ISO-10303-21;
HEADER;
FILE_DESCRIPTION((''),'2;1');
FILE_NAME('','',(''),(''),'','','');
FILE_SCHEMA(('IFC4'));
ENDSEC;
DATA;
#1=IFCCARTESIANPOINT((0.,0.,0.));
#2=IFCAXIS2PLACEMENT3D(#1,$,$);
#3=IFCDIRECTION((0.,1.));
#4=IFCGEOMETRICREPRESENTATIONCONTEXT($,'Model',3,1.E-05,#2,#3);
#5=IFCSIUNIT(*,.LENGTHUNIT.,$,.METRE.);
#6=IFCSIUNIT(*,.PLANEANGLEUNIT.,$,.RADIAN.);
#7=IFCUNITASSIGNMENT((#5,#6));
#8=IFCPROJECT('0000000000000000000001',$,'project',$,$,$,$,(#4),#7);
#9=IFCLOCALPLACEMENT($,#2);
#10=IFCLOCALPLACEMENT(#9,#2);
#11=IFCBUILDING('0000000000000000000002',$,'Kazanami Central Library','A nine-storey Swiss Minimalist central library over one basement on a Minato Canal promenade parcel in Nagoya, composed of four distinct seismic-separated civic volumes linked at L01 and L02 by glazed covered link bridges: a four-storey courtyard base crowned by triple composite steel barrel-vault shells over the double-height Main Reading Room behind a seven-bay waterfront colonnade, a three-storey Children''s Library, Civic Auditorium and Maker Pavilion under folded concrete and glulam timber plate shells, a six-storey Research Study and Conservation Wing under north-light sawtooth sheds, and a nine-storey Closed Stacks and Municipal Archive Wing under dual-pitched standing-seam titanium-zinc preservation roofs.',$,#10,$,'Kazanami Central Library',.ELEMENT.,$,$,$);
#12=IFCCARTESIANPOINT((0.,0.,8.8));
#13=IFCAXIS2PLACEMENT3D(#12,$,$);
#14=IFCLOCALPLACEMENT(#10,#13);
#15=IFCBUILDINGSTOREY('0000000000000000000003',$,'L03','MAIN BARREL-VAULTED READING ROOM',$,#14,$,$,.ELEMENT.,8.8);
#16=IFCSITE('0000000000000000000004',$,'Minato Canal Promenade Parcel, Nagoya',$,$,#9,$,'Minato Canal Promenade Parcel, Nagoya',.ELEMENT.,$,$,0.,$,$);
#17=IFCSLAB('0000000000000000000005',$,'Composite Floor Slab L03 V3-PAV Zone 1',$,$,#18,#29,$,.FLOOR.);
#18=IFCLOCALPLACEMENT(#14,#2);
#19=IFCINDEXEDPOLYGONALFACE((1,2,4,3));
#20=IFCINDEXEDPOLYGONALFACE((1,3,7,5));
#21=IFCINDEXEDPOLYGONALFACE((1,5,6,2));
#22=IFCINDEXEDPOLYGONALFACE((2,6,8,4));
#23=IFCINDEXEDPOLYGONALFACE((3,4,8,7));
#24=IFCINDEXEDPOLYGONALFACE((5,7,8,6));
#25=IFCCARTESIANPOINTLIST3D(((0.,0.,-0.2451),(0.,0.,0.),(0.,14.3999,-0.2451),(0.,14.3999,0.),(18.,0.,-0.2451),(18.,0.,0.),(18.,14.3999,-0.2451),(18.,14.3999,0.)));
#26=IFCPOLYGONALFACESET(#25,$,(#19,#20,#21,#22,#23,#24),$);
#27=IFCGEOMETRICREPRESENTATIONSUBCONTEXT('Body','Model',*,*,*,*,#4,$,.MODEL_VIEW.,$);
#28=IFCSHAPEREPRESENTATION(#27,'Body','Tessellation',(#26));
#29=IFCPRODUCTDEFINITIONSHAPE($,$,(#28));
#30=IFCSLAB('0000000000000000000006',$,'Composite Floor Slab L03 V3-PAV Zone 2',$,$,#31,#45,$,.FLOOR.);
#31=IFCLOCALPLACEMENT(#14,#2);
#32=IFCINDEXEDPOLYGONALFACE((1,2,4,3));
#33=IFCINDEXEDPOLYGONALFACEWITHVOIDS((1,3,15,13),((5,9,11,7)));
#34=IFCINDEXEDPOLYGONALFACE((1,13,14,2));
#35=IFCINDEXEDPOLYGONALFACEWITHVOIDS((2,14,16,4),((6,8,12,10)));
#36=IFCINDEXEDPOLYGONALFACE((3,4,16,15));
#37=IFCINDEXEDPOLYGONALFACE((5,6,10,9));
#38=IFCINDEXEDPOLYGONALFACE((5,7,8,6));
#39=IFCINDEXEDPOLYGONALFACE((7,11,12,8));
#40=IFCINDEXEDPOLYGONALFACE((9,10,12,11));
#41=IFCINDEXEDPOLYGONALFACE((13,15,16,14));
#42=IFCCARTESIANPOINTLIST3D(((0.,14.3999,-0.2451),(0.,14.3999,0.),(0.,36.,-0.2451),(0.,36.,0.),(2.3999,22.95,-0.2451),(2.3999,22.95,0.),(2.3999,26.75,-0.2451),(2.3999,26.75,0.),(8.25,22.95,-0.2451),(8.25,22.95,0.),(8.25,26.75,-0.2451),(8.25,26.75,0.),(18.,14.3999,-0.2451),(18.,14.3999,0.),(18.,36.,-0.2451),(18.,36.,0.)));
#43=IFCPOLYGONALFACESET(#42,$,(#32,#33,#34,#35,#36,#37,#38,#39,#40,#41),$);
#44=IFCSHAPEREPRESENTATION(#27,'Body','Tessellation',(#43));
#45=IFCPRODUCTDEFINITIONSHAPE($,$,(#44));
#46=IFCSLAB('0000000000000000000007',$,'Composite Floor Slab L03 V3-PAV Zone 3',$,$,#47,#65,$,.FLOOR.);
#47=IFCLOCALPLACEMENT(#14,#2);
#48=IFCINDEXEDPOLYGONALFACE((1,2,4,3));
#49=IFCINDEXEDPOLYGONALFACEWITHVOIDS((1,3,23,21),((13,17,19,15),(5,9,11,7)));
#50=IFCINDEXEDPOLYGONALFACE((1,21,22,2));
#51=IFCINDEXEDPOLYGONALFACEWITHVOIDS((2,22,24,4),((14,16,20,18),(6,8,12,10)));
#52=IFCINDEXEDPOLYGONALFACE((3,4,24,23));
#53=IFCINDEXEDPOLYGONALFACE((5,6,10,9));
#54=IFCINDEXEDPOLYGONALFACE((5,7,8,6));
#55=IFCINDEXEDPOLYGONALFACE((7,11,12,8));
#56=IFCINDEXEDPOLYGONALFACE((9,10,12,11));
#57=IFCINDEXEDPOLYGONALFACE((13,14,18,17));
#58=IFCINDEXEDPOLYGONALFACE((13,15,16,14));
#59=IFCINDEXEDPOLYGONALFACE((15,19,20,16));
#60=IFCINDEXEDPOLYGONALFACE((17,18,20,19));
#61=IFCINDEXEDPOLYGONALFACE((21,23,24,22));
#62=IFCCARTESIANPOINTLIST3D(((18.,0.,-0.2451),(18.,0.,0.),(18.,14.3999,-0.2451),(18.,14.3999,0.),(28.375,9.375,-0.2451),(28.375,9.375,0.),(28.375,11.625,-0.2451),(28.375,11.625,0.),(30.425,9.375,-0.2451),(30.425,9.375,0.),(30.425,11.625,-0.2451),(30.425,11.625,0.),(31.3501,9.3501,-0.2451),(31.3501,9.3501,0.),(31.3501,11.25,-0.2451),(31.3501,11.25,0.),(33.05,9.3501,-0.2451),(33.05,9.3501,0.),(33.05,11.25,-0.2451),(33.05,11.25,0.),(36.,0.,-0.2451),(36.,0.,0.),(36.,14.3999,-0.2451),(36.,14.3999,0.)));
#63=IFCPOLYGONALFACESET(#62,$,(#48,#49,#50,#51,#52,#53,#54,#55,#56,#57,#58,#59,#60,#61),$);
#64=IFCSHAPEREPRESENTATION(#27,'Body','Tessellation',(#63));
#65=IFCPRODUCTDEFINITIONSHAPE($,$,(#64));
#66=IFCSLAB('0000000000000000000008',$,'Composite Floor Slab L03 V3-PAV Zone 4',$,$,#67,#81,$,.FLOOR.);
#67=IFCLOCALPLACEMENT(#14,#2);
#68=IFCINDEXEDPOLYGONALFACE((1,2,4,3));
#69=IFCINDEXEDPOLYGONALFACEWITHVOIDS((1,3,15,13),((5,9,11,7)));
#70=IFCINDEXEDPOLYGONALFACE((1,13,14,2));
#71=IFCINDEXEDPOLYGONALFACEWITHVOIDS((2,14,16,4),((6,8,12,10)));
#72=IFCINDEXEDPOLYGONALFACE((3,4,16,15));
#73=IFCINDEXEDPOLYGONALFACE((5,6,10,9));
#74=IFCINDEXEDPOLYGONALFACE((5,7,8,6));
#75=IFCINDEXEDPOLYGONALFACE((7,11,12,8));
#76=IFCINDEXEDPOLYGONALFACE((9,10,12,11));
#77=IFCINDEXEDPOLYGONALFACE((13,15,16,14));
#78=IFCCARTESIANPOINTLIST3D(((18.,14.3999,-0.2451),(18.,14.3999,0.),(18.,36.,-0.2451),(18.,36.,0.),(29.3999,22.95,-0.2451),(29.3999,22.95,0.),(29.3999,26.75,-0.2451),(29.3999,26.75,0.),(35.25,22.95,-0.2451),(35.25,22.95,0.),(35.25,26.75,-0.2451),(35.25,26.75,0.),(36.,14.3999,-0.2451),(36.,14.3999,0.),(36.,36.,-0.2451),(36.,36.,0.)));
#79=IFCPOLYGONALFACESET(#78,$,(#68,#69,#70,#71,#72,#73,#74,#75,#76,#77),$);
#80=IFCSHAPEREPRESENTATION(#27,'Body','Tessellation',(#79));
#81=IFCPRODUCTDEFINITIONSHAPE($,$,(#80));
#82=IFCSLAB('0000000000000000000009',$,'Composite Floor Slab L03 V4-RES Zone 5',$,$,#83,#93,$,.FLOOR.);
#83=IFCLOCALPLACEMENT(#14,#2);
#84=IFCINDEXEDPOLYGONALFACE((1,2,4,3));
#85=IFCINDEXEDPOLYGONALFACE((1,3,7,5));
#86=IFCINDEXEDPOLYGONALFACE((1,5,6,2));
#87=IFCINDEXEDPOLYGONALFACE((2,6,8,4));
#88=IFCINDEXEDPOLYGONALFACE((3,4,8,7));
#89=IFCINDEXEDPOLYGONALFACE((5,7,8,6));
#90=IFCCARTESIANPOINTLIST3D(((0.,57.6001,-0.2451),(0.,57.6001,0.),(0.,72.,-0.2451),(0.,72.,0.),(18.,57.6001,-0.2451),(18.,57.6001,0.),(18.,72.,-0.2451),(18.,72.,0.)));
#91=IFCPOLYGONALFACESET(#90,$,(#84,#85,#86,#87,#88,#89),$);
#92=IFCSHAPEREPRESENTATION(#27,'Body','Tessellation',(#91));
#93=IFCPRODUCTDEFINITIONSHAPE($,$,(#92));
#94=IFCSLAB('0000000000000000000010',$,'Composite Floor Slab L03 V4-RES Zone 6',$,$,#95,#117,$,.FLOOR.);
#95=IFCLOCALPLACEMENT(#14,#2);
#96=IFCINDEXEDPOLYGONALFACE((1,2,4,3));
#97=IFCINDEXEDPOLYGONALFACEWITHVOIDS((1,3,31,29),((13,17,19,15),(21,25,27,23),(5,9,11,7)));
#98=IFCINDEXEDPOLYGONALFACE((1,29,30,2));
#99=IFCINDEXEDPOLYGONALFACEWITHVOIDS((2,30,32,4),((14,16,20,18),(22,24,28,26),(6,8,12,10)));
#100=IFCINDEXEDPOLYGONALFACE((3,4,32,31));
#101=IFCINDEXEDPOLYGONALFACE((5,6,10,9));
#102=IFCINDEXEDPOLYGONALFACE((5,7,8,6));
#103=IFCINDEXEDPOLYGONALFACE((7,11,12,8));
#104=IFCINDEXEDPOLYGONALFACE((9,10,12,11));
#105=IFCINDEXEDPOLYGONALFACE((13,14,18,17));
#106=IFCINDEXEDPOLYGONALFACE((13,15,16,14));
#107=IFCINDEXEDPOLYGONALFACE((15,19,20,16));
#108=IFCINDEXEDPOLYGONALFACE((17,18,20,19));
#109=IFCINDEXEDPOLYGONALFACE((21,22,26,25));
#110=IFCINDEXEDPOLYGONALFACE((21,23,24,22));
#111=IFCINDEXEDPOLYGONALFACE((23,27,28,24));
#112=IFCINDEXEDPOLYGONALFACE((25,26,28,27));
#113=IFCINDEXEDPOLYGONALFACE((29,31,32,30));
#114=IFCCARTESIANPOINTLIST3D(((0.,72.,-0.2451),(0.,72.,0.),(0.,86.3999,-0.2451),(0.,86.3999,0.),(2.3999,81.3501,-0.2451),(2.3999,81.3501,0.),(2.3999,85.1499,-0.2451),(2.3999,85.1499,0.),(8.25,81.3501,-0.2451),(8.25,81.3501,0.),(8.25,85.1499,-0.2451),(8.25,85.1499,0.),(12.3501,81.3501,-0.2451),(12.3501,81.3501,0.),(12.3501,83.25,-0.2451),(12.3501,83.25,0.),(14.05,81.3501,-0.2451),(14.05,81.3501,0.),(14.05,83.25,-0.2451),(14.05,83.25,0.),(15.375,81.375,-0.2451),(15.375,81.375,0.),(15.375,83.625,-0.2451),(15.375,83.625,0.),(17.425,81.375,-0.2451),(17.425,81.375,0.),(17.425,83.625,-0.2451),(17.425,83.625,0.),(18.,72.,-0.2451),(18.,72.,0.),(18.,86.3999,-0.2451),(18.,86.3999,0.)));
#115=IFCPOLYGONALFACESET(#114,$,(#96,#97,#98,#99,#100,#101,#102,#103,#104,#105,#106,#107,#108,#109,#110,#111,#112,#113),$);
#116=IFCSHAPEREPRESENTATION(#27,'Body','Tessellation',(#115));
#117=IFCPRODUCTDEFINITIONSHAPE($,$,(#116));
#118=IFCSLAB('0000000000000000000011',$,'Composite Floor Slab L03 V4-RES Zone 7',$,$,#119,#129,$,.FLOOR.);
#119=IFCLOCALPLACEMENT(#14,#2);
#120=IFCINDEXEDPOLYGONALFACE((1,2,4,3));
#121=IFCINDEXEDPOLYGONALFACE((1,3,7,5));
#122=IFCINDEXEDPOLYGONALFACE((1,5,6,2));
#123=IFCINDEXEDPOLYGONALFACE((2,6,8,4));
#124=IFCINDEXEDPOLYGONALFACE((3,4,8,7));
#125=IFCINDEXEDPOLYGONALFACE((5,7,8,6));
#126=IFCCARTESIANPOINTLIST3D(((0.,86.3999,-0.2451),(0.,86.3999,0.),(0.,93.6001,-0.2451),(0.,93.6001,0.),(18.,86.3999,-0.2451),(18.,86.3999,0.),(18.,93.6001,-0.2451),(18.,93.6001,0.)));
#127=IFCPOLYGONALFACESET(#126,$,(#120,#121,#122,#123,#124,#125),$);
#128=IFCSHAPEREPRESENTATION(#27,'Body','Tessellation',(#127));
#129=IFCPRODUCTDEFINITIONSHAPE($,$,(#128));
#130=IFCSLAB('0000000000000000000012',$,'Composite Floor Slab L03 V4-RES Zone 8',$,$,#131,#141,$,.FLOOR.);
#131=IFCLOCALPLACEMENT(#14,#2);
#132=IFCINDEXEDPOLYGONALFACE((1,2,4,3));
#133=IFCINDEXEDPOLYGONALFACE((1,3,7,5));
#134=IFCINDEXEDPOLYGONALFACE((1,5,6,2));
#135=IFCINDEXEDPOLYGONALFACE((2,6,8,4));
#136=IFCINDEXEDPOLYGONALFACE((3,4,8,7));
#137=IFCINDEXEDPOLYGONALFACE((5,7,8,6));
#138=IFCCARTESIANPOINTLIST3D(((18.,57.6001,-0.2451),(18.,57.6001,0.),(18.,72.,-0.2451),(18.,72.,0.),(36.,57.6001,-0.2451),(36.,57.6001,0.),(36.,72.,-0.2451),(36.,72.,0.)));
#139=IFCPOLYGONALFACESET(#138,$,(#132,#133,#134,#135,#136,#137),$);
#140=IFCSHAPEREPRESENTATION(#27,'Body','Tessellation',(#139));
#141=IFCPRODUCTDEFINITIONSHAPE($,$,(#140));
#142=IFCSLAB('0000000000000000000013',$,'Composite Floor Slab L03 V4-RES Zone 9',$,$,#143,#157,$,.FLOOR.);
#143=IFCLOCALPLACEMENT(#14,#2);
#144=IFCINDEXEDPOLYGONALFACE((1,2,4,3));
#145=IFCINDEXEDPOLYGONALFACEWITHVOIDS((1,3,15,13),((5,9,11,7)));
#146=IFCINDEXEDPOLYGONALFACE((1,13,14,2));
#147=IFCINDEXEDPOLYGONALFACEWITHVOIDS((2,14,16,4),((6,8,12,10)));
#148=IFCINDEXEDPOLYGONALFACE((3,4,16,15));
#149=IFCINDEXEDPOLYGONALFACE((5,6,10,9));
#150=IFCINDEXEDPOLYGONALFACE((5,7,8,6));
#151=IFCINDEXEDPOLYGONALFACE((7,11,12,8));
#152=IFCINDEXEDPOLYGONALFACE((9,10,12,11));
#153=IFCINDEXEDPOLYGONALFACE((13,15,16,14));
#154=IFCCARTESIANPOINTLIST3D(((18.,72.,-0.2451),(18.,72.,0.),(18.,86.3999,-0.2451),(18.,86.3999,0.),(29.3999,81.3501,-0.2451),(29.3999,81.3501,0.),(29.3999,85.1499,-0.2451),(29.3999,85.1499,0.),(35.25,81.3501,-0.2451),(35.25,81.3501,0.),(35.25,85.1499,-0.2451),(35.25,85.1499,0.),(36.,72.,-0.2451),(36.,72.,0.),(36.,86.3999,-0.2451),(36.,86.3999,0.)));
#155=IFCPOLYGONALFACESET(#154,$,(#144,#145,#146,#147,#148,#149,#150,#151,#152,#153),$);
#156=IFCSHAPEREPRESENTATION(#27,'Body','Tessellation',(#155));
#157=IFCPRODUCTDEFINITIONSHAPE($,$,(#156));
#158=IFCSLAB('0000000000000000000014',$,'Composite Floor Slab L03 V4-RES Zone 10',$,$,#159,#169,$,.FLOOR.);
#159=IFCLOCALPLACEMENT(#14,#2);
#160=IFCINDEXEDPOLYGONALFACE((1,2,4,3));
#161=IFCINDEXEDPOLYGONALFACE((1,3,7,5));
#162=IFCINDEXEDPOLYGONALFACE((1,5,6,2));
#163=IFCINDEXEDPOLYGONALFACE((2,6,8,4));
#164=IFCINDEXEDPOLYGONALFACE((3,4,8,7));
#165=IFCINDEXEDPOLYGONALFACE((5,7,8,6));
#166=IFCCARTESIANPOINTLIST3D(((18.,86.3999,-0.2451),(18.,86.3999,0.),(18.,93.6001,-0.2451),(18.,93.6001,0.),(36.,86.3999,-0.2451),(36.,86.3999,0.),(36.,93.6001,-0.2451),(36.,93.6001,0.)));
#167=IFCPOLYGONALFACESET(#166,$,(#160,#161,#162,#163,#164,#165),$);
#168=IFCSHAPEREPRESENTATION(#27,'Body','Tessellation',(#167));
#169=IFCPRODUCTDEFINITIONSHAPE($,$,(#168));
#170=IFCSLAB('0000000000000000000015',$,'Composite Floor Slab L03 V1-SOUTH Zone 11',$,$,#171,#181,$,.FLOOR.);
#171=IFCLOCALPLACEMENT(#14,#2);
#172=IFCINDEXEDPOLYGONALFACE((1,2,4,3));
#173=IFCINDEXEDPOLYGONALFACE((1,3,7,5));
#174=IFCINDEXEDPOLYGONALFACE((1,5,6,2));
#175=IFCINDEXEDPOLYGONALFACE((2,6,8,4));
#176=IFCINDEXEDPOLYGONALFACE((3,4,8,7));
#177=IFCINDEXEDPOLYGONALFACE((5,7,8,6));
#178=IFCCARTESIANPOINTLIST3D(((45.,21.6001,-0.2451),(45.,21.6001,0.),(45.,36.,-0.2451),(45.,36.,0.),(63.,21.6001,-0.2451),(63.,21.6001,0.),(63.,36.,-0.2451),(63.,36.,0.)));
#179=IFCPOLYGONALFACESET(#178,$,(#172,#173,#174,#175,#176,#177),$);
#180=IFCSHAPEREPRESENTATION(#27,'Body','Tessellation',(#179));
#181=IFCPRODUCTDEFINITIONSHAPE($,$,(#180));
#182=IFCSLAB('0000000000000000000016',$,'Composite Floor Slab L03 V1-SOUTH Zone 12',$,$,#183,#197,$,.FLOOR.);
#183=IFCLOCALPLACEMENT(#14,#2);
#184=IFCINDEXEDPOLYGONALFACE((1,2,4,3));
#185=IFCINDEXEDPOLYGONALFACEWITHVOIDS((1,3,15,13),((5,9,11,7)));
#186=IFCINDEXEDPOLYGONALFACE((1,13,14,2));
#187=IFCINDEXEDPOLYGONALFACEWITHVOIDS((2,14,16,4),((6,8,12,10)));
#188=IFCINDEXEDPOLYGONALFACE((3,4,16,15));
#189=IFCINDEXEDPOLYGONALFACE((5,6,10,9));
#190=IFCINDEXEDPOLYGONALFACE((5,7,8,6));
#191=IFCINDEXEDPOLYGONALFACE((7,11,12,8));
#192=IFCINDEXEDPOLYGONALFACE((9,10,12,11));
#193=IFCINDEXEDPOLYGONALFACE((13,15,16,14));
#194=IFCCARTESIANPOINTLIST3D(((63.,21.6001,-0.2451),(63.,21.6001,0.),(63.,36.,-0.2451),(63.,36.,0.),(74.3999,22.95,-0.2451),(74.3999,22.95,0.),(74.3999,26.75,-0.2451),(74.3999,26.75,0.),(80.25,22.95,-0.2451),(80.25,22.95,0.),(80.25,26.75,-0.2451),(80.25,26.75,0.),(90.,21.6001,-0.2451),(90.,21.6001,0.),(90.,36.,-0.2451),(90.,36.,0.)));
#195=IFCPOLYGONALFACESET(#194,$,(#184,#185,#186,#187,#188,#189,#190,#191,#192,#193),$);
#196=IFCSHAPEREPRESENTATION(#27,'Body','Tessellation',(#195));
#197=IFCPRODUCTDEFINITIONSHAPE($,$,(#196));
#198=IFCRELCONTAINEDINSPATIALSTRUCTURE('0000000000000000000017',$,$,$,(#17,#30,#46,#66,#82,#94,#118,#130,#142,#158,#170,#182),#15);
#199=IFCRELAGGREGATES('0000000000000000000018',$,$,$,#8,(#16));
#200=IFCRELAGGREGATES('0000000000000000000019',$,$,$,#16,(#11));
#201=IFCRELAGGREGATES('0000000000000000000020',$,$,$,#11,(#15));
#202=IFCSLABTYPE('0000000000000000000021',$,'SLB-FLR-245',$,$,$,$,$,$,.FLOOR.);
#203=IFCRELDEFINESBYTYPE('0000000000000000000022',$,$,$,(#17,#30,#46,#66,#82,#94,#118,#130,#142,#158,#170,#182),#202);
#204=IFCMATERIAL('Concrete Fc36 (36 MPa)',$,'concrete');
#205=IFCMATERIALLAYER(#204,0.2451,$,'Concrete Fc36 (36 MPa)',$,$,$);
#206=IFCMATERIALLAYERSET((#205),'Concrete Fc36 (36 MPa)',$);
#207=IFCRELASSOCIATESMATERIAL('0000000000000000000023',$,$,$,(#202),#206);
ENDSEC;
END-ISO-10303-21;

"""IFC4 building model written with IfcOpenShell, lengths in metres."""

from ifc_helpers import new_model, si_unit, direction, frame, origin, place, context, subcontext, project, spatial, polyline, outline, extrude, material, layer, layer_set, type_object, element, save


model = new_model("IFC4")

# Units and contexts
model_context = context("Model", 3, precision=1e-05, world=origin(), true_north=direction((0.0, 1.0)))
body_context = subcontext(model_context, "Body", "Model", "MODEL_VIEW")
ifc_project = project(units=[si_unit("LENGTHUNIT", "METRE"), si_unit("PLANEANGLEUNIT", "RADIAN")], contexts=[model_context])

# Site, building, storey
site_placement = place(None, origin())
site = spatial("IfcSite", under=ifc_project, at=site_placement, Name="Minato Canal Promenade Parcel, Nagoya", LongName="Minato Canal Promenade Parcel, Nagoya", CompositionType="ELEMENT", RefElevation=0.0)
building_placement = place(site_placement, origin())
building = spatial("IfcBuilding", under=site, at=building_placement, Name="Kazanami Central Library", Description="A nine-storey Swiss Minimalist central library over one basement on a Minato Canal promenade parcel in Nagoya, composed of four distinct seismic-separated civic volumes linked at L01 and L02 by glazed covered link bridges: a four-storey courtyard base crowned by triple composite steel barrel-vault shells over the double-height Main Reading Room behind a seven-bay waterfront colonnade, a three-storey Children's Library, Civic Auditorium and Maker Pavilion under folded concrete and glulam timber plate shells, a six-storey Research Study and Conservation Wing under north-light sawtooth sheds, and a nine-storey Closed Stacks and Municipal Archive Wing under dual-pitched standing-seam titanium-zinc preservation roofs.", LongName="Kazanami Central Library", CompositionType="ELEMENT")
storey_placement = place(building_placement, frame((0.0, 0.0, 8.8)))
storey = spatial("IfcBuildingStorey", under=building, at=storey_placement, Name="L03", Description="MAIN BARREL-VAULTED READING ROOM", CompositionType="ELEMENT", Elevation=8.8)

# Slabs
ifc_material = material(Name="Concrete Fc36 (36 MPa)", Category="concrete")
ifc_layer_1 = layer(ifc_material, 0.2451, Name="Concrete Fc36 (36 MPa)")
ifc_layer_set_1 = layer_set([ifc_layer_1], Name="Concrete Fc36 (36 MPa)")
slab_type_1 = type_object("IfcSlabType", Name="SLB-FLR-245", PredefinedType="FLOOR", material=ifc_layer_set_1)
slab_1_placement = place(storey_placement, frame((0.0, 0.0, -0.2451)))
element("IfcSlab", 1, at=slab_1_placement, inside=storey, type_object=slab_type_1, Name="Composite Floor Slab L03 V3-PAV Zone 1", PredefinedType="FLOOR", context=body_context, shape_type="SweptSolid", body=[
    extrude(outline(polyline([(0.0, 0.0), (18.0, 0.0), (18.0, 14.3999), (0.0, 14.3999), (0.0, 0.0)])), origin(), (0.0, 0.0, 1.0), 0.2451),
])
slab_2_placement = place(storey_placement, frame((0.0, 0.0, -0.2451)))
element("IfcSlab", 2, at=slab_2_placement, inside=storey, type_object=slab_type_1, Name="Composite Floor Slab L03 V3-PAV Zone 2", PredefinedType="FLOOR", context=body_context, shape_type="SweptSolid", body=[
    extrude(outline(polyline([(0.0, 14.3999), (18.0, 14.3999), (18.0, 36.0), (0.0, 36.0), (0.0, 14.3999)]), holes=[polyline([(2.3999, 22.95), (8.25, 22.95), (8.25, 26.75), (2.3999, 26.75), (2.3999, 22.95)])]), origin(), (0.0, 0.0, 1.0), 0.2451),
])
slab_3_placement = place(storey_placement, frame((0.0, 0.0, -0.2451)))
element("IfcSlab", 3, at=slab_3_placement, inside=storey, type_object=slab_type_1, Name="Composite Floor Slab L03 V3-PAV Zone 3", PredefinedType="FLOOR", context=body_context, shape_type="SweptSolid", body=[
    extrude(outline(polyline([(18.0, 0.0), (36.0, 0.0), (36.0, 14.3999), (18.0, 14.3999), (18.0, 0.0)]), holes=[polyline([(28.375, 9.375), (30.425, 9.375), (30.425, 11.625), (28.375, 11.625), (28.375, 9.375)]), polyline([(31.3501, 9.3501), (33.05, 9.3501), (33.05, 11.25), (31.3501, 11.25), (31.3501, 9.3501)])]), origin(), (0.0, 0.0, 1.0), 0.2451),
])
slab_4_placement = place(storey_placement, frame((0.0, 0.0, -0.2451)))
element("IfcSlab", 4, at=slab_4_placement, inside=storey, type_object=slab_type_1, Name="Composite Floor Slab L03 V3-PAV Zone 4", PredefinedType="FLOOR", context=body_context, shape_type="SweptSolid", body=[
    extrude(outline(polyline([(18.0, 14.3999), (36.0, 14.3999), (36.0, 36.0), (18.0, 36.0), (18.0, 14.3999)]), holes=[polyline([(29.3999, 22.95), (35.25, 22.95), (35.25, 26.75), (29.3999, 26.75), (29.3999, 22.95)])]), origin(), (0.0, 0.0, 1.0), 0.2451),
])
slab_5_placement = place(storey_placement, frame((0.0, 0.0, -0.2451)))
element("IfcSlab", 5, at=slab_5_placement, inside=storey, type_object=slab_type_1, Name="Composite Floor Slab L03 V4-RES Zone 5", PredefinedType="FLOOR", context=body_context, shape_type="SweptSolid", body=[
    extrude(outline(polyline([(0.0, 57.6001), (18.0, 57.6001), (18.0, 72.0), (0.0, 72.0), (0.0, 57.6001)])), origin(), (0.0, 0.0, 1.0), 0.2451),
])
slab_6_placement = place(storey_placement, frame((0.0, 0.0, -0.2451)))
element("IfcSlab", 6, at=slab_6_placement, inside=storey, type_object=slab_type_1, Name="Composite Floor Slab L03 V4-RES Zone 6", PredefinedType="FLOOR", context=body_context, shape_type="SweptSolid", body=[
    extrude(outline(polyline([(0.0, 72.0), (18.0, 72.0), (18.0, 86.3999), (0.0, 86.3999), (0.0, 72.0)]), holes=[polyline([(2.3999, 81.3501), (8.25, 81.3501), (8.25, 85.1499), (2.3999, 85.1499), (2.3999, 81.3501)]), polyline([(15.375, 81.375), (17.425, 81.375), (17.425, 83.625), (15.375, 83.625), (15.375, 81.375)]), polyline([(12.3501, 81.3501), (14.05, 81.3501), (14.05, 83.25), (12.3501, 83.25), (12.3501, 81.3501)])]), origin(), (0.0, 0.0, 1.0), 0.2451),
])
slab_7_placement = place(storey_placement, frame((0.0, 0.0, -0.2451)))
element("IfcSlab", 7, at=slab_7_placement, inside=storey, type_object=slab_type_1, Name="Composite Floor Slab L03 V4-RES Zone 7", PredefinedType="FLOOR", context=body_context, shape_type="SweptSolid", body=[
    extrude(outline(polyline([(0.0, 86.3999), (18.0, 86.3999), (18.0, 93.6001), (0.0, 93.6001), (0.0, 86.3999)])), origin(), (0.0, 0.0, 1.0), 0.2451),
])
slab_8_placement = place(storey_placement, frame((0.0, 0.0, -0.2451)))
element("IfcSlab", 8, at=slab_8_placement, inside=storey, type_object=slab_type_1, Name="Composite Floor Slab L03 V4-RES Zone 8", PredefinedType="FLOOR", context=body_context, shape_type="SweptSolid", body=[
    extrude(outline(polyline([(18.0, 57.6001), (36.0, 57.6001), (36.0, 72.0), (18.0, 72.0), (18.0, 57.6001)])), origin(), (0.0, 0.0, 1.0), 0.2451),
])
slab_9_placement = place(storey_placement, frame((0.0, 0.0, -0.2451)))
element("IfcSlab", 9, at=slab_9_placement, inside=storey, type_object=slab_type_1, Name="Composite Floor Slab L03 V4-RES Zone 9", PredefinedType="FLOOR", context=body_context, shape_type="SweptSolid", body=[
    extrude(outline(polyline([(18.0, 72.0), (36.0, 72.0), (36.0, 86.3999), (18.0, 86.3999), (18.0, 72.0)]), holes=[polyline([(29.3999, 81.3501), (35.25, 81.3501), (35.25, 85.1499), (29.3999, 85.1499), (29.3999, 81.3501)])]), origin(), (0.0, 0.0, 1.0), 0.2451),
])
slab_10_placement = place(storey_placement, frame((0.0, 0.0, -0.2451)))
element("IfcSlab", 10, at=slab_10_placement, inside=storey, type_object=slab_type_1, Name="Composite Floor Slab L03 V4-RES Zone 10", PredefinedType="FLOOR", context=body_context, shape_type="SweptSolid", body=[
    extrude(outline(polyline([(18.0, 86.3999), (36.0, 86.3999), (36.0, 93.6001), (18.0, 93.6001), (18.0, 86.3999)])), origin(), (0.0, 0.0, 1.0), 0.2451),
])
slab_11_placement = place(storey_placement, frame((0.0, 0.0, -0.2451)))
element("IfcSlab", 11, at=slab_11_placement, inside=storey, type_object=slab_type_1, Name="Composite Floor Slab L03 V1-SOUTH Zone 11", PredefinedType="FLOOR", context=body_context, shape_type="SweptSolid", body=[
    extrude(outline(polyline([(45.0, 21.6001), (63.0, 21.6001), (63.0, 36.0), (45.0, 36.0), (45.0, 21.6001)])), origin(), (0.0, 0.0, 1.0), 0.2451),
])
slab_12_placement = place(storey_placement, frame((0.0, 0.0, -0.2451)))
element("IfcSlab", 12, at=slab_12_placement, inside=storey, type_object=slab_type_1, Name="Composite Floor Slab L03 V1-SOUTH Zone 12", PredefinedType="FLOOR", context=body_context, shape_type="SweptSolid", body=[
    extrude(outline(polyline([(63.0, 21.6001), (90.0, 21.6001), (90.0, 36.0), (63.0, 36.0), (63.0, 21.6001)]), holes=[polyline([(74.3999, 22.95), (80.25, 22.95), (80.25, 26.75), (74.3999, 26.75), (74.3999, 22.95)])]), origin(), (0.0, 0.0, 1.0), 0.2451),
])

save(model, "model.ifc")
